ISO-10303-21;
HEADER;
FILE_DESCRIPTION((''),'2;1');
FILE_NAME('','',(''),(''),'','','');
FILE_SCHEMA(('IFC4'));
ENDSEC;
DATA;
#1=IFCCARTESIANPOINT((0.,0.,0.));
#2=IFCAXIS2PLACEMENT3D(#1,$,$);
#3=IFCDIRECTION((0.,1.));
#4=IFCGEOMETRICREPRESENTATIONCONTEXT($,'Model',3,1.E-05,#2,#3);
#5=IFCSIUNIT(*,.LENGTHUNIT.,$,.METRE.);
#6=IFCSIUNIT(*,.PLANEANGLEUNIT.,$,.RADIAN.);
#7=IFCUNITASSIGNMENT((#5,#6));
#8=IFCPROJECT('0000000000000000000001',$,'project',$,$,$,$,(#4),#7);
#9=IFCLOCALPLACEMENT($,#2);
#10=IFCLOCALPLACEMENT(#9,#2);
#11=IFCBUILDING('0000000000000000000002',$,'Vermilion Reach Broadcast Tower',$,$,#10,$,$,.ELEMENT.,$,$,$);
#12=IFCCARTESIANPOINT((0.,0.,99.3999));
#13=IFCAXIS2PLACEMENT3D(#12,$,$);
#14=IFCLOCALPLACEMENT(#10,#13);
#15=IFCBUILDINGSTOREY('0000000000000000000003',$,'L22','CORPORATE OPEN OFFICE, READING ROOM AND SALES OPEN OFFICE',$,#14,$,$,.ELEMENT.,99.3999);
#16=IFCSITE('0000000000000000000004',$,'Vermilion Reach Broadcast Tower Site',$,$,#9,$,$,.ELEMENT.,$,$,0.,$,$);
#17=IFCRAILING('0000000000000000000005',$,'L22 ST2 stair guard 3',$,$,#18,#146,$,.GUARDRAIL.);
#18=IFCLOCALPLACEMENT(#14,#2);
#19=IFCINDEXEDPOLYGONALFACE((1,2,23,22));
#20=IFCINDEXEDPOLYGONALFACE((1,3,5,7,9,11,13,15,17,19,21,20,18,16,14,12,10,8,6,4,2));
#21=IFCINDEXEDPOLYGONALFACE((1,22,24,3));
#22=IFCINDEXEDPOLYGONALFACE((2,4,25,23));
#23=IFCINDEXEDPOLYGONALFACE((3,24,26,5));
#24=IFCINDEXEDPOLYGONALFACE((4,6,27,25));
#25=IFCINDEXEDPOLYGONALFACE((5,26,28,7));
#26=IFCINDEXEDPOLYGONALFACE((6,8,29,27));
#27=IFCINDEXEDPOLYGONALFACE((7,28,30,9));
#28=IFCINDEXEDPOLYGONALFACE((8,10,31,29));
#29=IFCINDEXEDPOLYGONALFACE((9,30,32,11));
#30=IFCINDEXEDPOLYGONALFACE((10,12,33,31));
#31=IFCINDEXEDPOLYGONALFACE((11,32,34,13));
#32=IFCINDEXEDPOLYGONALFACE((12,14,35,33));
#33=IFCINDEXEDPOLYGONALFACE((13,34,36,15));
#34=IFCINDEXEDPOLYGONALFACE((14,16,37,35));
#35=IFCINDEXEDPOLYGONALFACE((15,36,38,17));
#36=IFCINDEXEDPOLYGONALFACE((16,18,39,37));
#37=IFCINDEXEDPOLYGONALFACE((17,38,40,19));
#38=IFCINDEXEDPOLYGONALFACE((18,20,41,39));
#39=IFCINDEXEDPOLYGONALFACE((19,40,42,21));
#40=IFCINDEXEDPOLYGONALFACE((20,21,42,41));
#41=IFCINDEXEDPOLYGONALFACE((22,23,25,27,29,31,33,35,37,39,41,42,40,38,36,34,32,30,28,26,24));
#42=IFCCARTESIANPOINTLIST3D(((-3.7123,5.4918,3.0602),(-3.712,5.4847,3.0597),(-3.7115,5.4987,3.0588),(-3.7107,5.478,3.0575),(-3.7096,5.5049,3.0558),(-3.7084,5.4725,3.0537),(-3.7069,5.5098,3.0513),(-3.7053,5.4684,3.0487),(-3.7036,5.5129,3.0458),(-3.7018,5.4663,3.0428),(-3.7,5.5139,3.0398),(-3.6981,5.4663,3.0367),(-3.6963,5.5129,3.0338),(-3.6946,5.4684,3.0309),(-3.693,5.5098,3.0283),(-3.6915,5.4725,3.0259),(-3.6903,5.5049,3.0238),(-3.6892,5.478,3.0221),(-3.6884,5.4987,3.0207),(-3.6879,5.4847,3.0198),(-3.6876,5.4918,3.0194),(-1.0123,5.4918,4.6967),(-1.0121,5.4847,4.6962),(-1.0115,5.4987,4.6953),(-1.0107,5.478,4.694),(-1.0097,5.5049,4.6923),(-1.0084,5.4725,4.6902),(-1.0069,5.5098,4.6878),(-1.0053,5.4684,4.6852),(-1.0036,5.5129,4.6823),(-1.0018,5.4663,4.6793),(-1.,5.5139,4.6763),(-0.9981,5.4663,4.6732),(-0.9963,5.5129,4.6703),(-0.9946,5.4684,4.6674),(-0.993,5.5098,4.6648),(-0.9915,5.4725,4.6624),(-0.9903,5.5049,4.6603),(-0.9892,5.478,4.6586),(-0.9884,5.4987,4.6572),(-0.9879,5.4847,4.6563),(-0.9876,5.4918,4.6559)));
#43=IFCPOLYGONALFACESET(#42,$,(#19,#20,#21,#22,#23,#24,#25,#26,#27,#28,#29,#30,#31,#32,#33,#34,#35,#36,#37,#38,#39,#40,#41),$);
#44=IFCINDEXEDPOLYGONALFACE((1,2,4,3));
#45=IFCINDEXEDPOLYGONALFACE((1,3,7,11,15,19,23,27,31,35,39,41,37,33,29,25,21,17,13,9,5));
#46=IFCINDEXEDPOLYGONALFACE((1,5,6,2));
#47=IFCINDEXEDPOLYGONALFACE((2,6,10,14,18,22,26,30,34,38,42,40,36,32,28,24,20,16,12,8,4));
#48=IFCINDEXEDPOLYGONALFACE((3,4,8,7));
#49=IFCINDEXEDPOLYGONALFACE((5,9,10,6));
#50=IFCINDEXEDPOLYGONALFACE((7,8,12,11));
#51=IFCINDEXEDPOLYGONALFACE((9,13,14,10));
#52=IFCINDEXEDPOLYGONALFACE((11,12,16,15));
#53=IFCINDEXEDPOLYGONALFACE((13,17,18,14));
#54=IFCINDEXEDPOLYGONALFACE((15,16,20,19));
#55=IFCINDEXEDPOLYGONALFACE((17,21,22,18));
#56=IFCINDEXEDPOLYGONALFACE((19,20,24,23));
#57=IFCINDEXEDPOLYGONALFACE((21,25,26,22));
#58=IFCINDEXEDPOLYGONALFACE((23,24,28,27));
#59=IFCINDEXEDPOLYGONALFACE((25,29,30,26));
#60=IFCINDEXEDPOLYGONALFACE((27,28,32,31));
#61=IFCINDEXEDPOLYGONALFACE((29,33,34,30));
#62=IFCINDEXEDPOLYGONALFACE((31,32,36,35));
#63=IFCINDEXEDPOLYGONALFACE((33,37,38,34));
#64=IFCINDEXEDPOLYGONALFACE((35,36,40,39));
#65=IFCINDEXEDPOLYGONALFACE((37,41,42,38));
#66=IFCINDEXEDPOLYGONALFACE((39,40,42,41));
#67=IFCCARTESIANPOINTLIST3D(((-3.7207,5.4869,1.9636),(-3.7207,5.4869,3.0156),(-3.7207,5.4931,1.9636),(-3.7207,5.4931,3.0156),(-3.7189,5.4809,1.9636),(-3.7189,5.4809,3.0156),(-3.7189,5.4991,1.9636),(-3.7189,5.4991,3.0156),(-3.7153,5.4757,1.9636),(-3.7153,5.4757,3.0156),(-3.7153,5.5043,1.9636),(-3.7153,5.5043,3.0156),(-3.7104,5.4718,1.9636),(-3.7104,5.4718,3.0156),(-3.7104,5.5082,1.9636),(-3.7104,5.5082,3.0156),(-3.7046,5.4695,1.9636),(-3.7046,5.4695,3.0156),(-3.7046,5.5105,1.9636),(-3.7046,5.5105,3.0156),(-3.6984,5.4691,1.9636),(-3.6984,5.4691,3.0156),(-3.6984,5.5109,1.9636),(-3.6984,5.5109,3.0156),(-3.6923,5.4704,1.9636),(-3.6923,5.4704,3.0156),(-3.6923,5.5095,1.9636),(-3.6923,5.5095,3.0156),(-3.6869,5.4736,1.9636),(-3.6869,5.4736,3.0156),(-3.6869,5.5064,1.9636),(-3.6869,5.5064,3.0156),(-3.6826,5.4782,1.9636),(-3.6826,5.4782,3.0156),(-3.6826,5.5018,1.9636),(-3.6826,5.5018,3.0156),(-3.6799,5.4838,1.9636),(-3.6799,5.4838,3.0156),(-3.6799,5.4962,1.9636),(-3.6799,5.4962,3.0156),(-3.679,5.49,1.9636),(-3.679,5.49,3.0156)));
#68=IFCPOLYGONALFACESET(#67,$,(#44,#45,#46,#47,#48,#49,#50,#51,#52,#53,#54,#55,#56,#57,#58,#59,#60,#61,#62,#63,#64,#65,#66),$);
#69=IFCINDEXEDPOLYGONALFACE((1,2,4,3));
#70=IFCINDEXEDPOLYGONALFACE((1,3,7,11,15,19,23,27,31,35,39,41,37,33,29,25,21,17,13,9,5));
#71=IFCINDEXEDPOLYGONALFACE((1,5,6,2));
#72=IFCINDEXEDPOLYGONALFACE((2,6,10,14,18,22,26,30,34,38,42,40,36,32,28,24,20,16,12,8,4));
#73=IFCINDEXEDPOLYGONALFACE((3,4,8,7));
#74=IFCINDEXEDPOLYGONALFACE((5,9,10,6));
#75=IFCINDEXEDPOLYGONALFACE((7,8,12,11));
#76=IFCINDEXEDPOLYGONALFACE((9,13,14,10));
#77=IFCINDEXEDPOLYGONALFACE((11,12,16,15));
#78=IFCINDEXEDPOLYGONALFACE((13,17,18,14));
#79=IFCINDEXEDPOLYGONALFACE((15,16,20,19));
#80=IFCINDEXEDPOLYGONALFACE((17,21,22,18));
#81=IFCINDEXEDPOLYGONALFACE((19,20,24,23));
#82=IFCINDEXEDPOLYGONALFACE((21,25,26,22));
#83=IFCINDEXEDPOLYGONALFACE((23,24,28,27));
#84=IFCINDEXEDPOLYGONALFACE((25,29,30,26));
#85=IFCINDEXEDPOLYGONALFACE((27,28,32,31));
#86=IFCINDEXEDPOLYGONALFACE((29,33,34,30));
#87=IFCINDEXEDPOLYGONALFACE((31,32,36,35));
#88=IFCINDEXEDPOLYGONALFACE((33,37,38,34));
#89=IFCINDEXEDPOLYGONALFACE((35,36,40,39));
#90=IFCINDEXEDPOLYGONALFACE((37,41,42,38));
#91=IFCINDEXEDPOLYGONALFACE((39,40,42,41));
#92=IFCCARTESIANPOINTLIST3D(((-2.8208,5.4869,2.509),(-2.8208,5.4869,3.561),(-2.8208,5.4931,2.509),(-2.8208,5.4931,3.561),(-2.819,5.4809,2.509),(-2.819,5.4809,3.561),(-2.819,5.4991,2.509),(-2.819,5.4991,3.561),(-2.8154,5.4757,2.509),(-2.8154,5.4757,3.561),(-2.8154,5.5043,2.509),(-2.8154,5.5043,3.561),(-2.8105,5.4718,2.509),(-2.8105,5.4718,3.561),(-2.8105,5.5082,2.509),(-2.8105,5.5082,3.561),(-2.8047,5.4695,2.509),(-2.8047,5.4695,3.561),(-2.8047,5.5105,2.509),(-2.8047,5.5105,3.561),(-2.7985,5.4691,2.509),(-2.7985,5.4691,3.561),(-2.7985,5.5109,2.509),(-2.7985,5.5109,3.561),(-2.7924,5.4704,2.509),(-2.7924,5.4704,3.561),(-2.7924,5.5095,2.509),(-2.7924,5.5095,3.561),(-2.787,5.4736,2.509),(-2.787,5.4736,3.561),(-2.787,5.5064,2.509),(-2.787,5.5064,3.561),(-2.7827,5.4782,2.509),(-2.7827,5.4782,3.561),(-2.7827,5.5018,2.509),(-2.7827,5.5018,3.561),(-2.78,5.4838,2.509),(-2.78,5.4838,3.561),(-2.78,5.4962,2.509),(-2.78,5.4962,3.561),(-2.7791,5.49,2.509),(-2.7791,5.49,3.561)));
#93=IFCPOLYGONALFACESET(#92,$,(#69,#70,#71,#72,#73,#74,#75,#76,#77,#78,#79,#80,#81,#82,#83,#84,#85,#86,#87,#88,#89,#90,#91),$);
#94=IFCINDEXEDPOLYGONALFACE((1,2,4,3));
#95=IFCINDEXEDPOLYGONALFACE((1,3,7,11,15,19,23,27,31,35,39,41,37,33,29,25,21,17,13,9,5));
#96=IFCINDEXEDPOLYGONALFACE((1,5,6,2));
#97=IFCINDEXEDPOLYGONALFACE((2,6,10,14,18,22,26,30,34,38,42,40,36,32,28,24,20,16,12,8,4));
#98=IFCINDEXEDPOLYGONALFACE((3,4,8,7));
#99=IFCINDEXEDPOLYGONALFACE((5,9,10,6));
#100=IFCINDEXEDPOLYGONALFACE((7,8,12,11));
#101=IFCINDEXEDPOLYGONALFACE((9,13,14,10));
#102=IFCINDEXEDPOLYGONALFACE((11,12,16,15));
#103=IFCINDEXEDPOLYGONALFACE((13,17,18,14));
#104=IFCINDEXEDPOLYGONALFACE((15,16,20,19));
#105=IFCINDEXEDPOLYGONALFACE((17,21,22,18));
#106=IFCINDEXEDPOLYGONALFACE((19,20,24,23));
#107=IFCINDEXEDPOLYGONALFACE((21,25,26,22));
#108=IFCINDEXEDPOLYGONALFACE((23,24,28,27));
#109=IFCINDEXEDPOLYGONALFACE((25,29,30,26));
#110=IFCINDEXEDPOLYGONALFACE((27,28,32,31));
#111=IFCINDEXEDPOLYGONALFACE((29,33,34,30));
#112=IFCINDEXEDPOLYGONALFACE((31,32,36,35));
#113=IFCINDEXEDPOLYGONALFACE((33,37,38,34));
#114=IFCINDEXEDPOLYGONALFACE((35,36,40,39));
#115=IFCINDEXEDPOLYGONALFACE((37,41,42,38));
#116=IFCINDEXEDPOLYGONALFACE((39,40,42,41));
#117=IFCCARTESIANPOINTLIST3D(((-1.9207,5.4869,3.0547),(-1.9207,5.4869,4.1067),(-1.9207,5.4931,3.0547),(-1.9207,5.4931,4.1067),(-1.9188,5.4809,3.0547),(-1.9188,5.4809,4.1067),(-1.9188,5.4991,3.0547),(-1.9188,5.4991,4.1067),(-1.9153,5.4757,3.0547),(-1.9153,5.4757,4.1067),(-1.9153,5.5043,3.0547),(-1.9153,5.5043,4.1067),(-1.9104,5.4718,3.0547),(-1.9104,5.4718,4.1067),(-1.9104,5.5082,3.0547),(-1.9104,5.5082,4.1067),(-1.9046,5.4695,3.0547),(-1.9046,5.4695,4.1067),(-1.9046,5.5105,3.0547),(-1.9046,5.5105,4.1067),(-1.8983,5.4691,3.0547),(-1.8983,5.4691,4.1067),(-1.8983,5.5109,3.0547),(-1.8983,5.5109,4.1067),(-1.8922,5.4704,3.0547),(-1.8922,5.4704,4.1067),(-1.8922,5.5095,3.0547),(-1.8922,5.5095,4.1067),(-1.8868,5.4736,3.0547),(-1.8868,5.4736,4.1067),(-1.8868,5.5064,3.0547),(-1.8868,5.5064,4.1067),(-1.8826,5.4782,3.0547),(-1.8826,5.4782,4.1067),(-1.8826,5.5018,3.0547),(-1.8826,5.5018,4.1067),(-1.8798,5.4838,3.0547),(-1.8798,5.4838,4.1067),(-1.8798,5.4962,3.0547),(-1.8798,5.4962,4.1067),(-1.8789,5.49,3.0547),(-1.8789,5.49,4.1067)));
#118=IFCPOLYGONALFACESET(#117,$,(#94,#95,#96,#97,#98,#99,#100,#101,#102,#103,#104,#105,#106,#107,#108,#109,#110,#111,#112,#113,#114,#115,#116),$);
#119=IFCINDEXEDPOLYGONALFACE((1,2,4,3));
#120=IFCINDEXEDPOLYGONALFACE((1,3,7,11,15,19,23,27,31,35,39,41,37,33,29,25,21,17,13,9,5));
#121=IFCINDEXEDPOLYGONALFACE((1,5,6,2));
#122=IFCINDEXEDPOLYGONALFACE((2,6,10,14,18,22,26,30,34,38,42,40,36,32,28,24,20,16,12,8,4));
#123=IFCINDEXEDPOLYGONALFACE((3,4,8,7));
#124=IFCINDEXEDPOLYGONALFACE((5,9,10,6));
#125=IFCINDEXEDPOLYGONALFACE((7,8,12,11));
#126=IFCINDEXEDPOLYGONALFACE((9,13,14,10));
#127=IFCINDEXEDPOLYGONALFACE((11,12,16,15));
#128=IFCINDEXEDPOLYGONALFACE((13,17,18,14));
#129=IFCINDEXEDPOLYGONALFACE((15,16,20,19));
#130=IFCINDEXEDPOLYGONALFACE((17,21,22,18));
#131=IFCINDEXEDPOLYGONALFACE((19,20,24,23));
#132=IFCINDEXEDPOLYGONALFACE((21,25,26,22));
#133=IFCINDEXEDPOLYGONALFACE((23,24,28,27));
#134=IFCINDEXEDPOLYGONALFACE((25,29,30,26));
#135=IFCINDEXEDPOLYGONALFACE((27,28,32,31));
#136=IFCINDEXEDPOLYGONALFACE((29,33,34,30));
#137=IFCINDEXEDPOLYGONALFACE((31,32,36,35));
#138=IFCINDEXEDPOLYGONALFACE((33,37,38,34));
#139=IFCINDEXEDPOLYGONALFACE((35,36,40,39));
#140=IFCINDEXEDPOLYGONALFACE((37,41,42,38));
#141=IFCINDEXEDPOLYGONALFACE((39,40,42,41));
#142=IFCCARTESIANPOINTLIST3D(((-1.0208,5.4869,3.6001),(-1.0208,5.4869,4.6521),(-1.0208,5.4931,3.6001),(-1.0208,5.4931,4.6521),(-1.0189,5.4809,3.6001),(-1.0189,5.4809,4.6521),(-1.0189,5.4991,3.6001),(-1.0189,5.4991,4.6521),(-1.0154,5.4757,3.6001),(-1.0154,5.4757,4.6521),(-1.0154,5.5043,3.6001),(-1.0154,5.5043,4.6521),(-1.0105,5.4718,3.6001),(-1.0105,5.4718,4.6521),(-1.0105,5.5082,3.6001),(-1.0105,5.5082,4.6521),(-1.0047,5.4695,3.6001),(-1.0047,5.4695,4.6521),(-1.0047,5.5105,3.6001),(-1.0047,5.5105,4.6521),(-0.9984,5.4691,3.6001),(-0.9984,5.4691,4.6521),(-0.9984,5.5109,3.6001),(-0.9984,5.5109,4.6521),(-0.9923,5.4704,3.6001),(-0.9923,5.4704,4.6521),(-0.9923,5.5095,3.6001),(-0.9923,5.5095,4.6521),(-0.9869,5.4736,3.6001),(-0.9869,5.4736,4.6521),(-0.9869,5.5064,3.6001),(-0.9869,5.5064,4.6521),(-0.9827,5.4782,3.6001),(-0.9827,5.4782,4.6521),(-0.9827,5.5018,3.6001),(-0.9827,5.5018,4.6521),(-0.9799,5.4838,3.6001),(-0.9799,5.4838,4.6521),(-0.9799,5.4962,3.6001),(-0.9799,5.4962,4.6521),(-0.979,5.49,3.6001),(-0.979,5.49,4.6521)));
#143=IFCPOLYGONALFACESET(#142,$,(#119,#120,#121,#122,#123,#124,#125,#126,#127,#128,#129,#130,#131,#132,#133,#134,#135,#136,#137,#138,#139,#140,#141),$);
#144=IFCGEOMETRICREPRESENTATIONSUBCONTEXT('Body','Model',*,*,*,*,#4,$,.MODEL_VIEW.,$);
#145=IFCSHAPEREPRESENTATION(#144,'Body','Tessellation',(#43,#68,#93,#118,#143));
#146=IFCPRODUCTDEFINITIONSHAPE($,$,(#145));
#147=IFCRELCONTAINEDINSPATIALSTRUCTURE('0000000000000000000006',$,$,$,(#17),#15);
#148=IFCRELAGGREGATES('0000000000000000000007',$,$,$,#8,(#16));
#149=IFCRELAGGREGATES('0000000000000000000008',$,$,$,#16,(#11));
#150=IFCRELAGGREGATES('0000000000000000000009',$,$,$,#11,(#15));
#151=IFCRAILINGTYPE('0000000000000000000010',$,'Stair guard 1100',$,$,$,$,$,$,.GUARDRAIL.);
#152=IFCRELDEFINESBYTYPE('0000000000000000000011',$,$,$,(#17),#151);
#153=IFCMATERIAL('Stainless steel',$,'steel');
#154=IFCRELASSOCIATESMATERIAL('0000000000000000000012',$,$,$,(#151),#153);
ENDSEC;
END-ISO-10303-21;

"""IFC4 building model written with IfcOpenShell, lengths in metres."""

from ifc_helpers import new_model, si_unit, direction, frame, origin, origin_2d, place, context, subcontext, project, spatial, circle, extrude, material, type_object, element, save


model = new_model("IFC4")

# Units and contexts
model_context = context("Model", 3, precision=1e-05, world=origin(), true_north=direction((0.0, 1.0)))
body_context = subcontext(model_context, "Body", "Model", "MODEL_VIEW")
ifc_project = project(units=[si_unit("LENGTHUNIT", "METRE"), si_unit("PLANEANGLEUNIT", "RADIAN")], contexts=[model_context])

# Site, building, storey
site_placement = place(None, origin())
site = spatial("IfcSite", under=ifc_project, at=site_placement, Name="Vermilion Reach Broadcast Tower Site", CompositionType="ELEMENT", RefElevation=0.0)
building_placement = place(site_placement, origin())
building = spatial("IfcBuilding", under=site, at=building_placement, Name="Vermilion Reach Broadcast Tower", CompositionType="ELEMENT")
storey_placement = place(building_placement, frame((0.0, 0.0, 99.3999)))
storey = spatial("IfcBuildingStorey", under=building, at=storey_placement, Name="L22", Description="CORPORATE OPEN OFFICE, READING ROOM AND SALES OPEN OFFICE", CompositionType="ELEMENT", Elevation=99.3999)

# Railing
ifc_material_1 = material(Name="Stainless steel", Category="steel")
railing_type_1 = type_object("IfcRailingType", Name="Stair guard 1100", PredefinedType="GUARDRAIL", material=ifc_material_1)
railing_1_placement = place(storey_placement, frame((-3.7, 5.49, 1.9636)))
element("IfcRailing", 1, at=railing_1_placement, inside=storey, type_object=railing_type_1, Name="L22 ST2 stair guard 3", PredefinedType="GUARDRAIL", context=body_context, shape_type="SweptSolid", body=[
    extrude(circle(Radius=0.0239, at=origin_2d()), frame((0.0, 0.0, 1.0762), z_axis=(0.855178, 0.0, 0.518334), x_axis=(0.0, 1.0, 0.0)), (0.0, 0.0, 1.0), 3.1572),
    extrude(circle(Radius=0.021, at=origin_2d()), origin(), (0.0, 0.0, 1.0), 1.052),
    extrude(circle(Radius=0.021, at=origin_2d()), frame((0.8999, 0.0, 0.5454)), (0.0, 0.0, 1.0), 1.052),
    extrude(circle(Radius=0.021, at=origin_2d()), frame((1.8, 0.0, 1.0911)), (0.0, 0.0, 1.0), 1.052),
    extrude(circle(Radius=0.021, at=origin_2d()), frame((2.7, 0.0, 1.6365)), (0.0, 0.0, 1.0), 1.052),
])

save(model, "model.ifc")
